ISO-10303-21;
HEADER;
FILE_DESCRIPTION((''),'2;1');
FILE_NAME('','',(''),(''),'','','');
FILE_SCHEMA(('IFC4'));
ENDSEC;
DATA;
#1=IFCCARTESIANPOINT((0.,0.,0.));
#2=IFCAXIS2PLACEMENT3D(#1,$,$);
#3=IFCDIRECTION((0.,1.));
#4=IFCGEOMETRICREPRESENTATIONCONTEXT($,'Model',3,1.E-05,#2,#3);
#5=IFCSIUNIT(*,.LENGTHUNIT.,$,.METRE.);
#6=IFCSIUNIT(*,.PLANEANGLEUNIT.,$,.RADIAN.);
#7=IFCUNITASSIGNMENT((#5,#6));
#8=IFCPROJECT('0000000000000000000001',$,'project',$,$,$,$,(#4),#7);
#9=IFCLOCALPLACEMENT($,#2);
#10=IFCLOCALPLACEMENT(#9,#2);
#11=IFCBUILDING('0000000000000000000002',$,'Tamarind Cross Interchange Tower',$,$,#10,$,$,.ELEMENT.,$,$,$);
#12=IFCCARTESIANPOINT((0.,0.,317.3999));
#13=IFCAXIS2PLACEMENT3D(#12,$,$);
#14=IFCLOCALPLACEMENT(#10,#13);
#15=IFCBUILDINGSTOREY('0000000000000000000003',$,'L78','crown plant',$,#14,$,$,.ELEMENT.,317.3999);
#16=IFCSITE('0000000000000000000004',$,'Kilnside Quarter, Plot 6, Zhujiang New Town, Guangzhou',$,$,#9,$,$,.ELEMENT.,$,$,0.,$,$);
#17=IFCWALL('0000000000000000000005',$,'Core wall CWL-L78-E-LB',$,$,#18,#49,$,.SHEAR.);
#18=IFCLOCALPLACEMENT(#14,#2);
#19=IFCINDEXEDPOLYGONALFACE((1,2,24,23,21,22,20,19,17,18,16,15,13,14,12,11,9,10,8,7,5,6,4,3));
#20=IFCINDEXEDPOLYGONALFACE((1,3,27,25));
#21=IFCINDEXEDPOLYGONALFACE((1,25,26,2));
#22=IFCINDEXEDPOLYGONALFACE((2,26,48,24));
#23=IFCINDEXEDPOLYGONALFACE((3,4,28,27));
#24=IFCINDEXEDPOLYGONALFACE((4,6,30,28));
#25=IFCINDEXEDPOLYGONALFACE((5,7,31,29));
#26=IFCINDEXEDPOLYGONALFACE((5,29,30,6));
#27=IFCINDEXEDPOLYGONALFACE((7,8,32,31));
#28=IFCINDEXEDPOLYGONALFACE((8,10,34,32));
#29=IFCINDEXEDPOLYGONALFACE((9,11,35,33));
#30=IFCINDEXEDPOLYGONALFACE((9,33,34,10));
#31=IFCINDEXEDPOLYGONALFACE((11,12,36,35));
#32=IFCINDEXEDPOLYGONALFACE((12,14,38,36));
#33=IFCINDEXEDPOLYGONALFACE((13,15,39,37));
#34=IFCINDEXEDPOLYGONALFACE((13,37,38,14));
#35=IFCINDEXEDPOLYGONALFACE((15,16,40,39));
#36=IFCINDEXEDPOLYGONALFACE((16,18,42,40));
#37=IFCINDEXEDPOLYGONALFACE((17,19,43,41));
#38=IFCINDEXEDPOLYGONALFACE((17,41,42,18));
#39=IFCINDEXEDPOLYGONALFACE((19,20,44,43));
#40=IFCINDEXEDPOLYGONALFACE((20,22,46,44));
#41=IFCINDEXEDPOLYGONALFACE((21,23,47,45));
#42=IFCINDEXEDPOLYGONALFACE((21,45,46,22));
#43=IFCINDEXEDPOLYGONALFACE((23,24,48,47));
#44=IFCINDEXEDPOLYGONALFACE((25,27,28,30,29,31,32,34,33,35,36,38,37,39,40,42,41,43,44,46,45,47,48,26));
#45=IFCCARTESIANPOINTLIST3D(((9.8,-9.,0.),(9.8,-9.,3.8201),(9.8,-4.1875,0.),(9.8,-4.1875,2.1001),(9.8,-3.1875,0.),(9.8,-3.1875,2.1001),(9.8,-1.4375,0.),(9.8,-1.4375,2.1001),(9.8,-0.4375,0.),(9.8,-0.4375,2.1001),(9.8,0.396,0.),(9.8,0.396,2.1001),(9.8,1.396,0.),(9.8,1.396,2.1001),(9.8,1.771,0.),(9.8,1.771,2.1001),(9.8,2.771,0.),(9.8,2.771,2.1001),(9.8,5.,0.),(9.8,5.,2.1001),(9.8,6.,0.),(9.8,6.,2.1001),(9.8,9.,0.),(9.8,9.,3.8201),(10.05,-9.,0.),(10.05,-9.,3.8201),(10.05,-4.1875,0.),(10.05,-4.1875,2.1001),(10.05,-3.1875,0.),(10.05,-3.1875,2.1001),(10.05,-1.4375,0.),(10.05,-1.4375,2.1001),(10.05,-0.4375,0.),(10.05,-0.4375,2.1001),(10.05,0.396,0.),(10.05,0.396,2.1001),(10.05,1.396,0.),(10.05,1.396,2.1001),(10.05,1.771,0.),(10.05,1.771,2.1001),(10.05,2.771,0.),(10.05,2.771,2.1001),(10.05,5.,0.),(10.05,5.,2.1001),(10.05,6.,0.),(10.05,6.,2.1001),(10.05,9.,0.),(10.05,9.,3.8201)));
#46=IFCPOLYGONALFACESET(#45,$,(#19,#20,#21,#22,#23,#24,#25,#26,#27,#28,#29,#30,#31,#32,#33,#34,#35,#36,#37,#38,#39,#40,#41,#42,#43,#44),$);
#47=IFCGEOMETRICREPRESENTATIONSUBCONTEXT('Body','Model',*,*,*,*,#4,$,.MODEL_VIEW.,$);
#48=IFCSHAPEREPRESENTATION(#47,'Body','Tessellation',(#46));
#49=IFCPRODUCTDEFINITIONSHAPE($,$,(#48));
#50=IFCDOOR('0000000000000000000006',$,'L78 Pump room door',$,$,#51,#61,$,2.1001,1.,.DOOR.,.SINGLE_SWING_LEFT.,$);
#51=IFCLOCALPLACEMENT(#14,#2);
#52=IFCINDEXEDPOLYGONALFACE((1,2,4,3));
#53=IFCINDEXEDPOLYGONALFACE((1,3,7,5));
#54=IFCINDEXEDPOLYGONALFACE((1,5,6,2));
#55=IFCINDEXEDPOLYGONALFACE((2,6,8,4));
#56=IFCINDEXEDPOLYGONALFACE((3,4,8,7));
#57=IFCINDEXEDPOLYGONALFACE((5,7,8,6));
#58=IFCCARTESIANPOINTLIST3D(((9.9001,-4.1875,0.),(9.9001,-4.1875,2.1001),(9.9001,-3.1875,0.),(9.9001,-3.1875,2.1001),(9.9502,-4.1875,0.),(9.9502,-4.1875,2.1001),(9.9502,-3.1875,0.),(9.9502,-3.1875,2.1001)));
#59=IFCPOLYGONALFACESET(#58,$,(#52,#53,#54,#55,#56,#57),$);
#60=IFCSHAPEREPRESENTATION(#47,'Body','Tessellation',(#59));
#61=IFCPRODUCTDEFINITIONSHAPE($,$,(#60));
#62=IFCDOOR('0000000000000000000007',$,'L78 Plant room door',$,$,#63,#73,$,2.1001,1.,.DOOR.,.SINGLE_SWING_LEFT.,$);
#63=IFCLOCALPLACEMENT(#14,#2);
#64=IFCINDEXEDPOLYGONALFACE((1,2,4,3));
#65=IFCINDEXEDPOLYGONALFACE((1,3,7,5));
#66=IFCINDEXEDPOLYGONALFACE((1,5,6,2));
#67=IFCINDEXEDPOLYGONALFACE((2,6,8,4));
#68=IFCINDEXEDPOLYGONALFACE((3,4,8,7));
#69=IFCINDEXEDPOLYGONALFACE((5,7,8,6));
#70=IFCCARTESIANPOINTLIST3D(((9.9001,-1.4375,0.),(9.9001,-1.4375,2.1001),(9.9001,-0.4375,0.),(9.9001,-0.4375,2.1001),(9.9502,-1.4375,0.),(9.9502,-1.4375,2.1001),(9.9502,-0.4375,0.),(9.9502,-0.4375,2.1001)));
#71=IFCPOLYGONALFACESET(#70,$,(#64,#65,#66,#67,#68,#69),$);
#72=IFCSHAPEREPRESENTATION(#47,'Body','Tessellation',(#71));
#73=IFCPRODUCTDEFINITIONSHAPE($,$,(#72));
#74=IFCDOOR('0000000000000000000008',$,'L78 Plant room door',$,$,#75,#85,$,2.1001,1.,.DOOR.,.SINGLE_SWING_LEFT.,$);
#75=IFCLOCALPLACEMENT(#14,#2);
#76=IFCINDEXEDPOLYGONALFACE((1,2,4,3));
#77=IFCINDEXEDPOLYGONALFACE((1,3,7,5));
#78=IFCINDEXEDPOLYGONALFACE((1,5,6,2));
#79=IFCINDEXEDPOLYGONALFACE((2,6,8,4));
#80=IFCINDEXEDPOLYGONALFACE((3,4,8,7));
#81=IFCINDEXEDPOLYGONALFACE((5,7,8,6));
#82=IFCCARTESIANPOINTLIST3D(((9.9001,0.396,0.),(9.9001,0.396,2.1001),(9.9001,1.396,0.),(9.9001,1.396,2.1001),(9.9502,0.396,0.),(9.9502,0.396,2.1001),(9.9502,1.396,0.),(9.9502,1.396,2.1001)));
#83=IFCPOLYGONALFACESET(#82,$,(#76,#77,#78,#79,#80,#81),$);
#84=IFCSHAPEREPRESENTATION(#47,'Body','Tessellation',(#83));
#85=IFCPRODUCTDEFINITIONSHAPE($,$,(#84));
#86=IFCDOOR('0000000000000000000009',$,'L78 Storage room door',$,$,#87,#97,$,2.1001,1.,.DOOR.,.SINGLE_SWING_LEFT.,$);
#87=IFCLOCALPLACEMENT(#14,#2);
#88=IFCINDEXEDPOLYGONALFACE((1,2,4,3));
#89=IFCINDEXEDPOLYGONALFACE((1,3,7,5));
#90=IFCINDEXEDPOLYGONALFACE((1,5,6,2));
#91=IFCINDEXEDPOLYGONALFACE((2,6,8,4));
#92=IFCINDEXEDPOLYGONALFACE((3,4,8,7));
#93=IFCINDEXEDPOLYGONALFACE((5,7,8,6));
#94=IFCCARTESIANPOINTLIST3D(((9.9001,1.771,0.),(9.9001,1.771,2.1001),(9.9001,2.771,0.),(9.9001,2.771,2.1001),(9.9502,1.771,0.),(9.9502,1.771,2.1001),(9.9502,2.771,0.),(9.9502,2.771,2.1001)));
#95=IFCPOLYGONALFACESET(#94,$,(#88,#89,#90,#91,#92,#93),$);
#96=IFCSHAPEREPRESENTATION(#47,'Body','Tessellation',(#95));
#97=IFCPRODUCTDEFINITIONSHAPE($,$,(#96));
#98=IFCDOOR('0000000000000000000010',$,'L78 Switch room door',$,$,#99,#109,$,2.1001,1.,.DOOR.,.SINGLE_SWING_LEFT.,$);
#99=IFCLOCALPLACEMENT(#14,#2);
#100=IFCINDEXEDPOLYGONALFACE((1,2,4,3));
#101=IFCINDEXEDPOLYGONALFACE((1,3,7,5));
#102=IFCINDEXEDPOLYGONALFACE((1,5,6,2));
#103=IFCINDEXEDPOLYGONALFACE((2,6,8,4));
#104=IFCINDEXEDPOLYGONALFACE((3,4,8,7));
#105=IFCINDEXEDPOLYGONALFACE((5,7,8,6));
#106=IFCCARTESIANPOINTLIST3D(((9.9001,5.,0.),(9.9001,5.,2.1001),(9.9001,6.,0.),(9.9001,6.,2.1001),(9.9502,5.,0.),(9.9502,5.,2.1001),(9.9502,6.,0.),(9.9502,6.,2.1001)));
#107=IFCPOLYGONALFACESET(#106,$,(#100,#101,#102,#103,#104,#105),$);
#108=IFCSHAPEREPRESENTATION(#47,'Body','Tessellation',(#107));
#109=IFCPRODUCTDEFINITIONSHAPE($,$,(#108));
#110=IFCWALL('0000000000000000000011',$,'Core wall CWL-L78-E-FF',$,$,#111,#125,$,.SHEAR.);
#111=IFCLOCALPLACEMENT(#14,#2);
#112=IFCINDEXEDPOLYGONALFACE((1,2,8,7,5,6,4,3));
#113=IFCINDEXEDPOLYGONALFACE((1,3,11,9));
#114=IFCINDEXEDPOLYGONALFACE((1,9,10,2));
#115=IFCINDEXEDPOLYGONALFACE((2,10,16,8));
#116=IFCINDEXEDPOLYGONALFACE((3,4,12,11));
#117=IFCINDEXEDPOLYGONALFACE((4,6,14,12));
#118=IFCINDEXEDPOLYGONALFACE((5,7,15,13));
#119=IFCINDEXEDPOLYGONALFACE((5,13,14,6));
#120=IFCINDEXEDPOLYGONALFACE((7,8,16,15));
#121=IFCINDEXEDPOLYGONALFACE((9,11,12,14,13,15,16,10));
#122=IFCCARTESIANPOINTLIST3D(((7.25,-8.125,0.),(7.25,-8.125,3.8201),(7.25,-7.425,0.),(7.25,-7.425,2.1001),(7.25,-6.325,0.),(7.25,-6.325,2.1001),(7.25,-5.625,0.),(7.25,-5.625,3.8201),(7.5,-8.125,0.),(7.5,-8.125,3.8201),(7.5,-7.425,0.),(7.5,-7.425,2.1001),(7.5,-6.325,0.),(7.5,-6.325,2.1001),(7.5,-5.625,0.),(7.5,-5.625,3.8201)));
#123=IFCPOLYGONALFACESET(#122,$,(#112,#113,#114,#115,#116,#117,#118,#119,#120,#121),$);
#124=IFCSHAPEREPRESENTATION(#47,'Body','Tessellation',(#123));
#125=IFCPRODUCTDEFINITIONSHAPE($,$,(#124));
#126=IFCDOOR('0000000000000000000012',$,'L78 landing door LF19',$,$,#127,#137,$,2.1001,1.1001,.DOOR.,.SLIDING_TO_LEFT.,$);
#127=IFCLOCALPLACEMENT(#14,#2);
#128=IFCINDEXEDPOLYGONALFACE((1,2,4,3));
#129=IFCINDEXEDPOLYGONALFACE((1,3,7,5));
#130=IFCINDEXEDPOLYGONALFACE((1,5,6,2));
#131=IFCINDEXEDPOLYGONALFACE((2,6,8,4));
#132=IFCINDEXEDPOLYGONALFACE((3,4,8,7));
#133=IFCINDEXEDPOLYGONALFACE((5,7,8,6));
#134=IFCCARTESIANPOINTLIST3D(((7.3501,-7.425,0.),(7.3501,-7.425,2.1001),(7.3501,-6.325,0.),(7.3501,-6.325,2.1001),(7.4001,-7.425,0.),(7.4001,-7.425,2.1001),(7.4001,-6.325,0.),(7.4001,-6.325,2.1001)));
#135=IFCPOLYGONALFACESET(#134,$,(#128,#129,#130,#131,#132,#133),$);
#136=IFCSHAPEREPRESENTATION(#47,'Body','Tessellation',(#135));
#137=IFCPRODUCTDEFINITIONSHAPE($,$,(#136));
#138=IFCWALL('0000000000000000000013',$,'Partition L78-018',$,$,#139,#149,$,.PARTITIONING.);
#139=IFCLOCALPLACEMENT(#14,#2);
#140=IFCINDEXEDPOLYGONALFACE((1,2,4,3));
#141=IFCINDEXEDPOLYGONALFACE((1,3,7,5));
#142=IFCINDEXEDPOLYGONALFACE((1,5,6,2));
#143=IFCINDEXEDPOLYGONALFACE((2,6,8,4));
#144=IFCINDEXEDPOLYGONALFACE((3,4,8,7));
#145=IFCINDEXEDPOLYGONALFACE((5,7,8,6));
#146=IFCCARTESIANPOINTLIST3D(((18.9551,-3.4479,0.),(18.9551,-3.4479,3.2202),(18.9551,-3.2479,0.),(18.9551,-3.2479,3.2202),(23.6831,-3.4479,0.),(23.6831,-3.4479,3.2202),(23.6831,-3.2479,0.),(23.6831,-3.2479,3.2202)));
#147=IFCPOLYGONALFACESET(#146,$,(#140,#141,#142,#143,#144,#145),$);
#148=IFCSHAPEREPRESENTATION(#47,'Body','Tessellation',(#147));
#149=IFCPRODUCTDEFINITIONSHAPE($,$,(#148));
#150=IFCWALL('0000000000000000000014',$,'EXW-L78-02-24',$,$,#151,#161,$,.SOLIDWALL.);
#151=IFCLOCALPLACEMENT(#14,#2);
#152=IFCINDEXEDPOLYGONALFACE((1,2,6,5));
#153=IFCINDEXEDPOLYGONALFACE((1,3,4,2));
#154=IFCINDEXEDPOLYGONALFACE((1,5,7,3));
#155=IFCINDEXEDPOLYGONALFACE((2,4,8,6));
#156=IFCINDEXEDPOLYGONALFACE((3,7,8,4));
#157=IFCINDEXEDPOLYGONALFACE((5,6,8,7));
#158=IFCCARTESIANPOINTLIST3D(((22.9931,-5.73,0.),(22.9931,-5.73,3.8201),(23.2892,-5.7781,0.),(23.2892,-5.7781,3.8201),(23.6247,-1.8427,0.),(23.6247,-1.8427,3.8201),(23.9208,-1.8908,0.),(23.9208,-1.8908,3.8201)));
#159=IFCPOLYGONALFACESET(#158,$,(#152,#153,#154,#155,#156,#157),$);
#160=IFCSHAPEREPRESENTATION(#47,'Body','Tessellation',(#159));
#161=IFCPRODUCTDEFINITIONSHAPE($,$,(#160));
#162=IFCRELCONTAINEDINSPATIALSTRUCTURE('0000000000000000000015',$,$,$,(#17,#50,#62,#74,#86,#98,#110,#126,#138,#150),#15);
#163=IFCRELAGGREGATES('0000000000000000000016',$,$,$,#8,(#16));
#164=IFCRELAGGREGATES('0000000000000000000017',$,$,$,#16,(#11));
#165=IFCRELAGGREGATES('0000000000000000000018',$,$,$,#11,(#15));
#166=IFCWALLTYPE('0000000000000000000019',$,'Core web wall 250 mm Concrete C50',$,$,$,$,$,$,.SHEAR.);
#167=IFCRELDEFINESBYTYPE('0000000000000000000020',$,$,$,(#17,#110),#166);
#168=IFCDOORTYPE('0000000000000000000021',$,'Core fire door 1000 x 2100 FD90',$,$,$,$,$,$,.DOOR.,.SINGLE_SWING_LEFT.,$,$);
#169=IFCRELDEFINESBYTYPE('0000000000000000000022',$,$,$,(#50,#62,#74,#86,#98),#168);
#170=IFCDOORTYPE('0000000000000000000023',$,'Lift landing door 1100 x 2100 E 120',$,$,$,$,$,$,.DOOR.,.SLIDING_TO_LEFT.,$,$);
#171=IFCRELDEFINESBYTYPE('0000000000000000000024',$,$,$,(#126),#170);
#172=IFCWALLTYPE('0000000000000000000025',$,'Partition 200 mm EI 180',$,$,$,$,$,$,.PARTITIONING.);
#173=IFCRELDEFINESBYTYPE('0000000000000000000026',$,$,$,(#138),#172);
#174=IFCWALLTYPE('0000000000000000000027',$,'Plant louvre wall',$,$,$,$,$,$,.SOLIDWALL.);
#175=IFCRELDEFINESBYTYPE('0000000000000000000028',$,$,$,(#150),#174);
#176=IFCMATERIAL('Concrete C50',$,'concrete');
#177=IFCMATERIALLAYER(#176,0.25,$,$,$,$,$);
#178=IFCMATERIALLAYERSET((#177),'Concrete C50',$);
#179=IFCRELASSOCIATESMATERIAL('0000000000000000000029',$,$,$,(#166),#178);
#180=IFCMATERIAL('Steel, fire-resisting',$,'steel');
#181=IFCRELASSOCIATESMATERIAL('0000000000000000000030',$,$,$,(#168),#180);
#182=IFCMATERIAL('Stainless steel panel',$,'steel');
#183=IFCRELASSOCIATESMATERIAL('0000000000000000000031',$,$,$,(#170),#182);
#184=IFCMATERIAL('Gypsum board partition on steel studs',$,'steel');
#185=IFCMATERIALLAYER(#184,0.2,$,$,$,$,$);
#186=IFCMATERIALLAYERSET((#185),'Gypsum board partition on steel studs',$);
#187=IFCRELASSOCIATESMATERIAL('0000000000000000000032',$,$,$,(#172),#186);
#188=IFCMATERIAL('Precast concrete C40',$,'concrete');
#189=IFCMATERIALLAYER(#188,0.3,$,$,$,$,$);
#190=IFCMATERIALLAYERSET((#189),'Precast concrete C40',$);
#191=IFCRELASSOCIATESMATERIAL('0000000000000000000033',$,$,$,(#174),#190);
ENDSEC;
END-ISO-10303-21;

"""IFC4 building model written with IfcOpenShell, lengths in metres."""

from ifc_helpers import new_model, si_unit, direction, frame, frame_2d, origin, place, context, subcontext, project, spatial, rectangle, extrude, material, layer, layer_set, type_object, element, fill, save


model = new_model("IFC4")

# Units and contexts
model_context = context("Model", 3, precision=1e-05, world=origin(), true_north=direction((0.0, 1.0)))
body_context = subcontext(model_context, "Body", "Model", "MODEL_VIEW")
ifc_project = project(units=[si_unit("LENGTHUNIT", "METRE"), si_unit("PLANEANGLEUNIT", "RADIAN")], contexts=[model_context])

# Site, building, storey
site_placement = place(None, origin())
site = spatial("IfcSite", under=ifc_project, at=site_placement, Name="Kilnside Quarter, Plot 6, Zhujiang New Town, Guangzhou", CompositionType="ELEMENT", RefElevation=0.0)
building_placement = place(site_placement, origin())
building = spatial("IfcBuilding", under=site, at=building_placement, Name="Tamarind Cross Interchange Tower", CompositionType="ELEMENT")
storey_placement = place(building_placement, frame((0.0, 0.0, 317.3999)))
storey = spatial("IfcBuildingStorey", under=building, at=storey_placement, Name="L78", Description="crown plant", CompositionType="ELEMENT", Elevation=317.3999)

# Wall, openings, doors
ifc_material_1 = material(Name="Concrete C50", Category="concrete")
ifc_material_2 = material(Name="Steel, fire-resisting", Category="steel")
ifc_layer_1 = layer(ifc_material_1, 0.25)
ifc_layer_set_1 = layer_set([ifc_layer_1], Name="Concrete C50")
wall_type_1 = type_object("IfcWallType", Name="Core web wall 250 mm Concrete C50", PredefinedType="SHEAR", material=ifc_layer_set_1)
door_type_1 = type_object("IfcDoorType", Name="Core fire door 1000 x 2100 FD90", OperationType="SINGLE_SWING_LEFT", PredefinedType="DOOR", material=ifc_material_2)
ifc_material_3 = material(Name="Stainless steel panel", Category="steel")
wall_1_placement = place(storey_placement, frame((9.925, -9.0, 0.0), z_axis=(0.0, 0.0, 1.0), x_axis=(0.0, 1.0, 0.0)))
wall_1 = element("IfcWall", 1, at=wall_1_placement, inside=storey, type_object=wall_type_1, Name="Core wall CWL-L78-E-LB", PredefinedType="SHEAR", context=body_context, shape_type="SweptSolid", body=[
    extrude(rectangle(XDim=18.0, YDim=0.25, at=frame_2d((9.0, 0.0))), origin(), (0.0, 0.0, 1.0), 3.8201),
])
opening_1_placement = place(wall_1_placement, frame((4.8125, 0.0, 0.0)))
opening_1 = element("IfcOpeningElement", 2, at=opening_1_placement, cuts=wall_1, PredefinedType="OPENING", context=body_context, shape_type="SweptSolid", body=[
    extrude(rectangle(XDim=1.0, YDim=2.1001, at=frame_2d((0.5, 1.05))), frame((0.0, 0.135, 0.0), z_axis=(0.0, -1.0, 0.0), x_axis=(1.0, 0.0, 0.0)), (0.0, 0.0, 1.0), 0.27),
])
opening_2_placement = place(wall_1_placement, frame((7.5625, 0.0, 0.0)))
opening_2 = element("IfcOpeningElement", 3, at=opening_2_placement, cuts=wall_1, PredefinedType="OPENING", context=body_context, shape_type="SweptSolid", body=[
    extrude(rectangle(XDim=1.0, YDim=2.1001, at=frame_2d((0.5, 1.05))), frame((0.0, 0.135, 0.0), z_axis=(0.0, -1.0, 0.0), x_axis=(1.0, 0.0, 0.0)), (0.0, 0.0, 1.0), 0.27),
])
opening_3_placement = place(wall_1_placement, frame((9.396, 0.0, 0.0)))
opening_3 = element("IfcOpeningElement", 4, at=opening_3_placement, cuts=wall_1, PredefinedType="OPENING", context=body_context, shape_type="SweptSolid", body=[
    extrude(rectangle(XDim=1.0, YDim=2.1001, at=frame_2d((0.5, 1.05))), frame((0.0, 0.135, 0.0), z_axis=(0.0, -1.0, 0.0), x_axis=(1.0, 0.0, 0.0)), (0.0, 0.0, 1.0), 0.27),
])
opening_4_placement = place(wall_1_placement, frame((10.771, 0.0, 0.0)))
opening_4 = element("IfcOpeningElement", 5, at=opening_4_placement, cuts=wall_1, PredefinedType="OPENING", context=body_context, shape_type="SweptSolid", body=[
    extrude(rectangle(XDim=1.0, YDim=2.1001, at=frame_2d((0.5, 1.05))), frame((0.0, 0.135, 0.0), z_axis=(0.0, -1.0, 0.0), x_axis=(1.0, 0.0, 0.0)), (0.0, 0.0, 1.0), 0.27),
])
opening_5_placement = place(wall_1_placement, frame((14.0, 0.0, 0.0)))
opening_5 = element("IfcOpeningElement", 6, at=opening_5_placement, cuts=wall_1, PredefinedType="OPENING", context=body_context, shape_type="SweptSolid", body=[
    extrude(rectangle(XDim=1.0, YDim=2.1001, at=frame_2d((0.5, 1.05))), frame((0.0, 0.135, 0.0), z_axis=(0.0, -1.0, 0.0), x_axis=(1.0, 0.0, 0.0)), (0.0, 0.0, 1.0), 0.27),
])
door_1_placement = place(opening_1_placement, origin())
door_1 = element("IfcDoor", 7, at=door_1_placement, inside=storey, type_object=door_type_1, Name="L78 Pump room door", OperationType="SINGLE_SWING_LEFT", OverallHeight=2.1001, OverallWidth=1.0, PredefinedType="DOOR", context=body_context, shape_type="SweptSolid", body=[
    extrude(rectangle(XDim=1.0, YDim=2.1001, at=frame_2d((0.5, 1.05))), frame((0.0, 0.0249, 0.0), z_axis=(0.0, -1.0, 0.0), x_axis=(1.0, 0.0, 0.0)), (0.0, 0.0, 1.0), 0.05),
])
fill(opening_1, door_1)
door_2_placement = place(opening_2_placement, origin())
door_2 = element("IfcDoor", 8, at=door_2_placement, inside=storey, type_object=door_type_1, Name="L78 Plant room door", OperationType="SINGLE_SWING_LEFT", OverallHeight=2.1001, OverallWidth=1.0, PredefinedType="DOOR", context=body_context, shape_type="SweptSolid", body=[
    extrude(rectangle(XDim=1.0, YDim=2.1001, at=frame_2d((0.5, 1.05))), frame((0.0, 0.0249, 0.0), z_axis=(0.0, -1.0, 0.0), x_axis=(1.0, 0.0, 0.0)), (0.0, 0.0, 1.0), 0.05),
])
fill(opening_2, door_2)
door_3_placement = place(opening_3_placement, origin())
door_3 = element("IfcDoor", 9, at=door_3_placement, inside=storey, type_object=door_type_1, Name="L78 Plant room door", OperationType="SINGLE_SWING_LEFT", OverallHeight=2.1001, OverallWidth=1.0, PredefinedType="DOOR", context=body_context, shape_type="SweptSolid", body=[
    extrude(rectangle(XDim=1.0, YDim=2.1001, at=frame_2d((0.5, 1.05))), frame((0.0, 0.0249, 0.0), z_axis=(0.0, -1.0, 0.0), x_axis=(1.0, 0.0, 0.0)), (0.0, 0.0, 1.0), 0.05),
])
fill(opening_3, door_3)
door_4_placement = place(opening_4_placement, origin())
door_4 = element("IfcDoor", 10, at=door_4_placement, inside=storey, type_object=door_type_1, Name="L78 Storage room door", OperationType="SINGLE_SWING_LEFT", OverallHeight=2.1001, OverallWidth=1.0, PredefinedType="DOOR", context=body_context, shape_type="SweptSolid", body=[
    extrude(rectangle(XDim=1.0, YDim=2.1001, at=frame_2d((0.5, 1.05))), frame((0.0, 0.0249, 0.0), z_axis=(0.0, -1.0, 0.0), x_axis=(1.0, 0.0, 0.0)), (0.0, 0.0, 1.0), 0.05),
])
fill(opening_4, door_4)
door_5_placement = place(opening_5_placement, origin())
door_5 = element("IfcDoor", 11, at=door_5_placement, inside=storey, type_object=door_type_1, Name="L78 Switch room door", OperationType="SINGLE_SWING_LEFT", OverallHeight=2.1001, OverallWidth=1.0, PredefinedType="DOOR", context=body_context, shape_type="SweptSolid", body=[
    extrude(rectangle(XDim=1.0, YDim=2.1001, at=frame_2d((0.5, 1.05))), frame((0.0, 0.0249, 0.0), z_axis=(0.0, -1.0, 0.0), x_axis=(1.0, 0.0, 0.0)), (0.0, 0.0, 1.0), 0.05),
])
fill(opening_5, door_5)

# Wall, opening, door
wall_2_placement = place(storey_placement, frame((7.375, -8.125, 0.0), z_axis=(0.0, 0.0, 1.0), x_axis=(0.0, 1.0, 0.0)))
wall_2 = element("IfcWall", 12, at=wall_2_placement, inside=storey, type_object=wall_type_1, Name="Core wall CWL-L78-E-FF", PredefinedType="SHEAR", context=body_context, shape_type="SweptSolid", body=[
    extrude(rectangle(XDim=2.5, YDim=0.25, at=frame_2d((1.25, 0.0))), origin(), (0.0, 0.0, 1.0), 3.8201),
])
opening_6_placement = place(wall_2_placement, frame((0.7, 0.0, 0.0)))
opening_6 = element("IfcOpeningElement", 13, at=opening_6_placement, cuts=wall_2, PredefinedType="OPENING", context=body_context, shape_type="SweptSolid", body=[
    extrude(rectangle(XDim=1.1001, YDim=2.1001, at=frame_2d((0.55, 1.05))), frame((0.0, 0.135, 0.0), z_axis=(0.0, -1.0, 0.0), x_axis=(1.0, 0.0, 0.0)), (0.0, 0.0, 1.0), 0.27),
])
door_type_2 = type_object("IfcDoorType", Name="Lift landing door 1100 x 2100 E 120", OperationType="SLIDING_TO_LEFT", PredefinedType="DOOR", material=ifc_material_3)
door_6_placement = place(opening_6_placement, origin())
door_6 = element("IfcDoor", 14, at=door_6_placement, inside=storey, type_object=door_type_2, Name="L78 landing door LF19", OperationType="SLIDING_TO_LEFT", OverallHeight=2.1001, OverallWidth=1.1001, PredefinedType="DOOR", context=body_context, shape_type="SweptSolid", body=[
    extrude(rectangle(XDim=1.1001, YDim=2.1001, at=frame_2d((0.55, 1.05))), frame((0.0, 0.0249, 0.0), z_axis=(0.0, -1.0, 0.0), x_axis=(1.0, 0.0, 0.0)), (0.0, 0.0, 1.0), 0.05),
])
fill(opening_6, door_6)

# Walls
ifc_material_4 = material(Name="Gypsum board partition on steel studs", Category="steel")
ifc_layer_2 = layer(ifc_material_4, 0.2)
ifc_layer_set_2 = layer_set([ifc_layer_2], Name="Gypsum board partition on steel studs")
wall_type_2 = type_object("IfcWallType", Name="Partition 200 mm EI 180", PredefinedType="PARTITIONING", material=ifc_layer_set_2)
wall_3_placement = place(storey_placement, frame((18.9551, -3.3479, 0.0), z_axis=(0.0, 0.0, 1.0), x_axis=(1.0, 0.0, 0.0)))
element("IfcWall", 15, at=wall_3_placement, inside=storey, type_object=wall_type_2, Name="Partition L78-018", PredefinedType="PARTITIONING", context=body_context, shape_type="SweptSolid", body=[
    extrude(rectangle(XDim=4.728, YDim=0.2, at=frame_2d((2.364, 0.0))), origin(), (0.0, 0.0, 1.0), 3.2202),
])
ifc_material_5 = material(Name="Precast concrete C40", Category="concrete")
ifc_layer_3 = layer(ifc_material_5, 0.3)
ifc_layer_set_3 = layer_set([ifc_layer_3], Name="Precast concrete C40")
wall_type_3 = type_object("IfcWallType", Name="Plant louvre wall", PredefinedType="SOLIDWALL", material=ifc_layer_set_3)
wall_4_placement = place(storey_placement, frame((23.1411, -5.7542, 0.0), z_axis=(0.0, 0.0, 1.0), x_axis=(0.160376, 0.987056, 0.0)))
element("IfcWall", 16, at=wall_4_placement, inside=storey, type_object=wall_type_3, Name="EXW-L78-02-24", PredefinedType="SOLIDWALL", context=body_context, shape_type="SweptSolid", body=[
    extrude(rectangle(XDim=3.9382, YDim=0.3, at=frame_2d((1.9692, 0.0))), origin(), (0.0, 0.0, 1.0), 3.8201),
])

save(model, "model.ifc")
